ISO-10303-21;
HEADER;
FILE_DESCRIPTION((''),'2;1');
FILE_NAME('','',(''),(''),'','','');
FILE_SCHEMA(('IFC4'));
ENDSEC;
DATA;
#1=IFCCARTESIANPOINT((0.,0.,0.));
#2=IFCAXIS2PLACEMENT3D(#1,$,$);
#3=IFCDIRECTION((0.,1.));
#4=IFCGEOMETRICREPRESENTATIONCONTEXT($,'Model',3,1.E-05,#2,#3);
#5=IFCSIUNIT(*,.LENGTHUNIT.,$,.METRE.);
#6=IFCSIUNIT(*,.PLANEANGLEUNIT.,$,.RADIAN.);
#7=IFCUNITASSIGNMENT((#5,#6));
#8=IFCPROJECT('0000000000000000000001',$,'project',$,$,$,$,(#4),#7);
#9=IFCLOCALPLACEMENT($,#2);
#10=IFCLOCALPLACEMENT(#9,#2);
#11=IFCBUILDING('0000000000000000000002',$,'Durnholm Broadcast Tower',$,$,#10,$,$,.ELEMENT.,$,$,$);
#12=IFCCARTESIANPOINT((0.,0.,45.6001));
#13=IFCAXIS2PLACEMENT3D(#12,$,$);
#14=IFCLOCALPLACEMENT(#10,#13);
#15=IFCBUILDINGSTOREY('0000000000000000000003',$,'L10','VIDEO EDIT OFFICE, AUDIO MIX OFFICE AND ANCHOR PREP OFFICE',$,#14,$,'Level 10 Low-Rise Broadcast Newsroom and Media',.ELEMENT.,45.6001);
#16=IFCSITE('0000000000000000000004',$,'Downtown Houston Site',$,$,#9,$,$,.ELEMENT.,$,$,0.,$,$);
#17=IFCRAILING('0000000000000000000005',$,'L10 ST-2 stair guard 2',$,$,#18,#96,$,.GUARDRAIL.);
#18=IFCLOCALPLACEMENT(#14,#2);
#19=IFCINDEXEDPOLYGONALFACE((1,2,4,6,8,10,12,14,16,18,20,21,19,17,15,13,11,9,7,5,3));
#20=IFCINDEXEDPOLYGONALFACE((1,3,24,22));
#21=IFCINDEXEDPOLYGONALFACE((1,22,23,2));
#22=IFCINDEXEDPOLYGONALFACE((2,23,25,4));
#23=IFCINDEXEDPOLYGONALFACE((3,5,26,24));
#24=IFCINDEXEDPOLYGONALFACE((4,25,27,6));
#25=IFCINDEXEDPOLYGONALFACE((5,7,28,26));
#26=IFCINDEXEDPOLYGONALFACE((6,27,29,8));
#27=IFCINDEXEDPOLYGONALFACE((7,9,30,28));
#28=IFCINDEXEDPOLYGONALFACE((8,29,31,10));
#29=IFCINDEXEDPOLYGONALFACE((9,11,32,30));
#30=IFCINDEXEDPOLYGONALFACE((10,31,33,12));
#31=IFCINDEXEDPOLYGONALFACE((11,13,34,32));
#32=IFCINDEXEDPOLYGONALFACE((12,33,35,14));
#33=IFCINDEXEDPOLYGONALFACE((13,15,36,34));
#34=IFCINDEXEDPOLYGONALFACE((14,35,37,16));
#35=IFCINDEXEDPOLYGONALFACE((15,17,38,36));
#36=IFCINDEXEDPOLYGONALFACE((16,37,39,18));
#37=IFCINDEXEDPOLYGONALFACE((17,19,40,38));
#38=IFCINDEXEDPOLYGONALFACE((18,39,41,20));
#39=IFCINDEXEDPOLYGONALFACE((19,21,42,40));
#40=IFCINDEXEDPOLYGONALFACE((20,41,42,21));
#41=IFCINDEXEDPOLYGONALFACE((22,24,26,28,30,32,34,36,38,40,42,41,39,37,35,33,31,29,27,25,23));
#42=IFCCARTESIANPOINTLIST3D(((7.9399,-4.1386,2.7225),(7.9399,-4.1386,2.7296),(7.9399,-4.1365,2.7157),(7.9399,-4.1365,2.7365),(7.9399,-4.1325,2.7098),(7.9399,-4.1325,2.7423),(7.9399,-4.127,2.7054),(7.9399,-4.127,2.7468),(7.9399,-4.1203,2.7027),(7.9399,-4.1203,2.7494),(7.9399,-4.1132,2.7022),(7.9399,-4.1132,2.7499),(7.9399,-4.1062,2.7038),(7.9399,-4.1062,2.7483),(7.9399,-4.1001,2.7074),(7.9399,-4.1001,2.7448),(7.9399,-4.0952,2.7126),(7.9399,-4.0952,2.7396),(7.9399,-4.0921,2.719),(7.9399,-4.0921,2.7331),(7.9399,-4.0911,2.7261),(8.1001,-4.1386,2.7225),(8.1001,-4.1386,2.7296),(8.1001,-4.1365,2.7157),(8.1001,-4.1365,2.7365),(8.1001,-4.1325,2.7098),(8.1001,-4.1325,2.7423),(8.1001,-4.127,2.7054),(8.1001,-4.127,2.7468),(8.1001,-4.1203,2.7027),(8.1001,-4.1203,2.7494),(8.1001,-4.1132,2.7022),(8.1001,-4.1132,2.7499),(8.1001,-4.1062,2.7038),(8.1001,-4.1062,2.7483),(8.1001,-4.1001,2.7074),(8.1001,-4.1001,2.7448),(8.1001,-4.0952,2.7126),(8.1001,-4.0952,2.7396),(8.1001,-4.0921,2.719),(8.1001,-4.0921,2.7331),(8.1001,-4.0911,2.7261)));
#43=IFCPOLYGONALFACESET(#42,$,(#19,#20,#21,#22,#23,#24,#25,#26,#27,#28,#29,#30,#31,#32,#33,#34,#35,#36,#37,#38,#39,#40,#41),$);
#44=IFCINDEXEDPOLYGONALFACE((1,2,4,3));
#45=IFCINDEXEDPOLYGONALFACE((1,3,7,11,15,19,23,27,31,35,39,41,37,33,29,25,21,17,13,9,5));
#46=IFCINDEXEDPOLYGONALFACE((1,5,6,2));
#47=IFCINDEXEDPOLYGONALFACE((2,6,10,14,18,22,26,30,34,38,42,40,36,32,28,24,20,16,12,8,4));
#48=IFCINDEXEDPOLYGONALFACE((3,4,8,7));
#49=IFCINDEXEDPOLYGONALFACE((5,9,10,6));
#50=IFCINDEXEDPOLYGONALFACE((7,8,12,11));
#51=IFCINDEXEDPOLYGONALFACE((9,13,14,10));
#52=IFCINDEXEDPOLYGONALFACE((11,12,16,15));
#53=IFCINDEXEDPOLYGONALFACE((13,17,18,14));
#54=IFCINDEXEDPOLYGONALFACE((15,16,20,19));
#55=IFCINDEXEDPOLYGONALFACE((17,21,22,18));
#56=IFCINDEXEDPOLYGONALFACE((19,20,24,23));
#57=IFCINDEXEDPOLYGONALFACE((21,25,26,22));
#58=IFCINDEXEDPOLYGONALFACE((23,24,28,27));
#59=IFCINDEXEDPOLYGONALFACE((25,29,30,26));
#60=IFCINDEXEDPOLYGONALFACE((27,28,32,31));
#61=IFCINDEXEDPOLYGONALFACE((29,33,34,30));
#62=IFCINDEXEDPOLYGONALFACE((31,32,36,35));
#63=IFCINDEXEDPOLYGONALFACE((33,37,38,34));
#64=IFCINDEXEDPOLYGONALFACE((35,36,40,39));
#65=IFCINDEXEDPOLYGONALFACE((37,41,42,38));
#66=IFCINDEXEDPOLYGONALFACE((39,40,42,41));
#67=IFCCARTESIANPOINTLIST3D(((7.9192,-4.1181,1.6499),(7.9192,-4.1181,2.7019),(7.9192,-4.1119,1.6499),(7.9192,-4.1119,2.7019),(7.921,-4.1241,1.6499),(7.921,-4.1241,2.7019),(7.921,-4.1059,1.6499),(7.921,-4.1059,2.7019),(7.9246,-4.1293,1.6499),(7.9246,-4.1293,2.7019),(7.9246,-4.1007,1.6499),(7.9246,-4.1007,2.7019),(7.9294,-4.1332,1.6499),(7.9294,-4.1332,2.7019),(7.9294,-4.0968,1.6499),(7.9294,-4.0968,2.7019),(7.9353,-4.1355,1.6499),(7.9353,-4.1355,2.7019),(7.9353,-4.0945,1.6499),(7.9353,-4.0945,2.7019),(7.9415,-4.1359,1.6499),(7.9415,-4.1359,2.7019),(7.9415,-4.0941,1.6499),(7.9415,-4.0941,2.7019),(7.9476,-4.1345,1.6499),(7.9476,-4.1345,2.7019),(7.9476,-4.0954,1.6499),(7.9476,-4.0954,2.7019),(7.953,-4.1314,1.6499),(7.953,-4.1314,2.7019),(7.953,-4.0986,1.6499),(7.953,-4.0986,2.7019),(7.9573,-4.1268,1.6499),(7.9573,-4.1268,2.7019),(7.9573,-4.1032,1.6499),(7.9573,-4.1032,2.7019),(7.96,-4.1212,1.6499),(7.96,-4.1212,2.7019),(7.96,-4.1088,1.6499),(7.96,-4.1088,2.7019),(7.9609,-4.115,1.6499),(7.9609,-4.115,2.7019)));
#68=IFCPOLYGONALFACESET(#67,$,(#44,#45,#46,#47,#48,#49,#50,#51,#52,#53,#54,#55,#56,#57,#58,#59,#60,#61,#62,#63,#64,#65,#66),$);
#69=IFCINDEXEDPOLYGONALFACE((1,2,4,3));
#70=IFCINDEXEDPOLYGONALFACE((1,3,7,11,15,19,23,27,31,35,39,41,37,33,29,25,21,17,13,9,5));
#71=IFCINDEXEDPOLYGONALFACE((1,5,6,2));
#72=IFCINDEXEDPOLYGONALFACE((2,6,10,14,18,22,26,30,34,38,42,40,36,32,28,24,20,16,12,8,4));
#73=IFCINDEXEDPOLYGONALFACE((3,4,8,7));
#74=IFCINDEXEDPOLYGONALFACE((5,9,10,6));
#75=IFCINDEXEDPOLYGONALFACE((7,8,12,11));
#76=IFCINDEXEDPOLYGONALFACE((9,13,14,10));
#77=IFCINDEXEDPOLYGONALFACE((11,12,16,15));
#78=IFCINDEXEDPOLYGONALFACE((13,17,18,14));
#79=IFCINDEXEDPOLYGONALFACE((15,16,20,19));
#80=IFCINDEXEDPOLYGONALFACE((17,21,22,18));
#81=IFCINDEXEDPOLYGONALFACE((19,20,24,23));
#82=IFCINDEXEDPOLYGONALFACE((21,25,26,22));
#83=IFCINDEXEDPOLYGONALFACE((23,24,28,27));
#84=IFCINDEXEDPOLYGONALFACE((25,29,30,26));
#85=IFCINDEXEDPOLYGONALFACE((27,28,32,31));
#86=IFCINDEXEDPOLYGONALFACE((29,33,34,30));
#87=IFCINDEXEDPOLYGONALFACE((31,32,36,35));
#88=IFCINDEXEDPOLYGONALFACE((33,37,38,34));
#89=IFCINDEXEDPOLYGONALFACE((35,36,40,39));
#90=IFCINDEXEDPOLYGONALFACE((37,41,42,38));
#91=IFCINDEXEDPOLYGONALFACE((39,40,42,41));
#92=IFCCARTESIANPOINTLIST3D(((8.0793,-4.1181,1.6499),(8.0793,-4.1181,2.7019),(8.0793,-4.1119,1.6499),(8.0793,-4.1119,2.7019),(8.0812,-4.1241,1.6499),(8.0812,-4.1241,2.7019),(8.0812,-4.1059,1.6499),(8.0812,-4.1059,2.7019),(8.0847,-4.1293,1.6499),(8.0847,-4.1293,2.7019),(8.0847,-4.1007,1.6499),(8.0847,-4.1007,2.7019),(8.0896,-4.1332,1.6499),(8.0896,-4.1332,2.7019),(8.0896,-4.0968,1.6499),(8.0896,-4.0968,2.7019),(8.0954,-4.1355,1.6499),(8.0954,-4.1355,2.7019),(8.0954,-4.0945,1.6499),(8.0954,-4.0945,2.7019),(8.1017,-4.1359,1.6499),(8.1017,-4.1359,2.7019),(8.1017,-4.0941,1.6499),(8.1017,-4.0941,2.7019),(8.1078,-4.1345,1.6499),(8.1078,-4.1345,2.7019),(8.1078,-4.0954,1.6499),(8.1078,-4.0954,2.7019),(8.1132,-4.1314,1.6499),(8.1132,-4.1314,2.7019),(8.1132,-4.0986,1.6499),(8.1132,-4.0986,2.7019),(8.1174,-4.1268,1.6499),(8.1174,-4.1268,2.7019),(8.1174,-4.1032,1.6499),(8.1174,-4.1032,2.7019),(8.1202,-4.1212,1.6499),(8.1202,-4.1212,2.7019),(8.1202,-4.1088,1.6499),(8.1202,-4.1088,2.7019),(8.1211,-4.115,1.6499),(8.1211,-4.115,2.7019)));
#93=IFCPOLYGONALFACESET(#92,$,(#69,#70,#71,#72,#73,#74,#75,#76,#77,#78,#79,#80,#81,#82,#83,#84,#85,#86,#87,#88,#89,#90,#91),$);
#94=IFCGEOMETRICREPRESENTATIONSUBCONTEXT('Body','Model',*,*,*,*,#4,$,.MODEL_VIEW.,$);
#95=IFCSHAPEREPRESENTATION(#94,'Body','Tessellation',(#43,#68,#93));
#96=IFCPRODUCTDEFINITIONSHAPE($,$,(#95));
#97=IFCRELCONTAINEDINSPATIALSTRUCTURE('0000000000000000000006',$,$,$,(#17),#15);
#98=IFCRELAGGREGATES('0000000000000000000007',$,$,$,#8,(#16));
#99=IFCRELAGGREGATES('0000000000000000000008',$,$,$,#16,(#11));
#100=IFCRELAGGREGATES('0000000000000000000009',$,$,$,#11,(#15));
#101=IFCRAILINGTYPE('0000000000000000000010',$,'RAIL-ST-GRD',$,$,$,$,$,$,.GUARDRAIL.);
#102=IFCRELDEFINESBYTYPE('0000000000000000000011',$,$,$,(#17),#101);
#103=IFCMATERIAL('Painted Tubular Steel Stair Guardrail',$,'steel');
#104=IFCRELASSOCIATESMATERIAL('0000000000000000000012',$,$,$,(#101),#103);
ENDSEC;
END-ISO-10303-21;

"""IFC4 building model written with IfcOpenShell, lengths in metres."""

from ifc_helpers import new_model, si_unit, direction, frame, origin, origin_2d, place, context, subcontext, project, spatial, circle, extrude, material, type_object, element, save


model = new_model("IFC4")

# Units and contexts
model_context = context("Model", 3, precision=1e-05, world=origin(), true_north=direction((0.0, 1.0)))
body_context = subcontext(model_context, "Body", "Model", "MODEL_VIEW")
ifc_project = project(units=[si_unit("LENGTHUNIT", "METRE"), si_unit("PLANEANGLEUNIT", "RADIAN")], contexts=[model_context])

# Site, building, storey
site_placement = place(None, origin())
site = spatial("IfcSite", under=ifc_project, at=site_placement, Name="Downtown Houston Site", CompositionType="ELEMENT", RefElevation=0.0)
building_placement = place(site_placement, origin())
building = spatial("IfcBuilding", under=site, at=building_placement, Name="Durnholm Broadcast Tower", CompositionType="ELEMENT")
storey_placement = place(building_placement, frame((0.0, 0.0, 45.6001)))
storey = spatial("IfcBuildingStorey", under=building, at=storey_placement, Name="L10", Description="VIDEO EDIT OFFICE, AUDIO MIX OFFICE AND ANCHOR PREP OFFICE", LongName="Level 10 Low-Rise Broadcast Newsroom and Media", CompositionType="ELEMENT", Elevation=45.6001)

# Railing
ifc_material_1 = material(Name="Painted Tubular Steel Stair Guardrail", Category="steel")
railing_type_1 = type_object("IfcRailingType", Name="RAIL-ST-GRD", PredefinedType="GUARDRAIL", material=ifc_material_1)
railing_1_placement = place(storey_placement, frame((7.9399, -4.115, 1.6499)))
element("IfcRailing", 1, at=railing_1_placement, inside=storey, type_object=railing_type_1, Name="L10 ST-2 stair guard 2", PredefinedType="GUARDRAIL", context=body_context, shape_type="SweptSolid", body=[
    extrude(circle(Radius=0.0239, at=origin_2d()), frame((0.0, 0.0, 1.0762), z_axis=(1.0, 0.0, 0.0), x_axis=(0.0, 1.0, 0.0)), (0.0, 0.0, 1.0), 0.1602),
    extrude(circle(Radius=0.021, at=origin_2d()), origin(), (0.0, 0.0, 1.0), 1.052),
    extrude(circle(Radius=0.021, at=origin_2d()), frame((0.1602, 0.0, 0.0)), (0.0, 0.0, 1.0), 1.052),
])

save(model, "model.ifc")
